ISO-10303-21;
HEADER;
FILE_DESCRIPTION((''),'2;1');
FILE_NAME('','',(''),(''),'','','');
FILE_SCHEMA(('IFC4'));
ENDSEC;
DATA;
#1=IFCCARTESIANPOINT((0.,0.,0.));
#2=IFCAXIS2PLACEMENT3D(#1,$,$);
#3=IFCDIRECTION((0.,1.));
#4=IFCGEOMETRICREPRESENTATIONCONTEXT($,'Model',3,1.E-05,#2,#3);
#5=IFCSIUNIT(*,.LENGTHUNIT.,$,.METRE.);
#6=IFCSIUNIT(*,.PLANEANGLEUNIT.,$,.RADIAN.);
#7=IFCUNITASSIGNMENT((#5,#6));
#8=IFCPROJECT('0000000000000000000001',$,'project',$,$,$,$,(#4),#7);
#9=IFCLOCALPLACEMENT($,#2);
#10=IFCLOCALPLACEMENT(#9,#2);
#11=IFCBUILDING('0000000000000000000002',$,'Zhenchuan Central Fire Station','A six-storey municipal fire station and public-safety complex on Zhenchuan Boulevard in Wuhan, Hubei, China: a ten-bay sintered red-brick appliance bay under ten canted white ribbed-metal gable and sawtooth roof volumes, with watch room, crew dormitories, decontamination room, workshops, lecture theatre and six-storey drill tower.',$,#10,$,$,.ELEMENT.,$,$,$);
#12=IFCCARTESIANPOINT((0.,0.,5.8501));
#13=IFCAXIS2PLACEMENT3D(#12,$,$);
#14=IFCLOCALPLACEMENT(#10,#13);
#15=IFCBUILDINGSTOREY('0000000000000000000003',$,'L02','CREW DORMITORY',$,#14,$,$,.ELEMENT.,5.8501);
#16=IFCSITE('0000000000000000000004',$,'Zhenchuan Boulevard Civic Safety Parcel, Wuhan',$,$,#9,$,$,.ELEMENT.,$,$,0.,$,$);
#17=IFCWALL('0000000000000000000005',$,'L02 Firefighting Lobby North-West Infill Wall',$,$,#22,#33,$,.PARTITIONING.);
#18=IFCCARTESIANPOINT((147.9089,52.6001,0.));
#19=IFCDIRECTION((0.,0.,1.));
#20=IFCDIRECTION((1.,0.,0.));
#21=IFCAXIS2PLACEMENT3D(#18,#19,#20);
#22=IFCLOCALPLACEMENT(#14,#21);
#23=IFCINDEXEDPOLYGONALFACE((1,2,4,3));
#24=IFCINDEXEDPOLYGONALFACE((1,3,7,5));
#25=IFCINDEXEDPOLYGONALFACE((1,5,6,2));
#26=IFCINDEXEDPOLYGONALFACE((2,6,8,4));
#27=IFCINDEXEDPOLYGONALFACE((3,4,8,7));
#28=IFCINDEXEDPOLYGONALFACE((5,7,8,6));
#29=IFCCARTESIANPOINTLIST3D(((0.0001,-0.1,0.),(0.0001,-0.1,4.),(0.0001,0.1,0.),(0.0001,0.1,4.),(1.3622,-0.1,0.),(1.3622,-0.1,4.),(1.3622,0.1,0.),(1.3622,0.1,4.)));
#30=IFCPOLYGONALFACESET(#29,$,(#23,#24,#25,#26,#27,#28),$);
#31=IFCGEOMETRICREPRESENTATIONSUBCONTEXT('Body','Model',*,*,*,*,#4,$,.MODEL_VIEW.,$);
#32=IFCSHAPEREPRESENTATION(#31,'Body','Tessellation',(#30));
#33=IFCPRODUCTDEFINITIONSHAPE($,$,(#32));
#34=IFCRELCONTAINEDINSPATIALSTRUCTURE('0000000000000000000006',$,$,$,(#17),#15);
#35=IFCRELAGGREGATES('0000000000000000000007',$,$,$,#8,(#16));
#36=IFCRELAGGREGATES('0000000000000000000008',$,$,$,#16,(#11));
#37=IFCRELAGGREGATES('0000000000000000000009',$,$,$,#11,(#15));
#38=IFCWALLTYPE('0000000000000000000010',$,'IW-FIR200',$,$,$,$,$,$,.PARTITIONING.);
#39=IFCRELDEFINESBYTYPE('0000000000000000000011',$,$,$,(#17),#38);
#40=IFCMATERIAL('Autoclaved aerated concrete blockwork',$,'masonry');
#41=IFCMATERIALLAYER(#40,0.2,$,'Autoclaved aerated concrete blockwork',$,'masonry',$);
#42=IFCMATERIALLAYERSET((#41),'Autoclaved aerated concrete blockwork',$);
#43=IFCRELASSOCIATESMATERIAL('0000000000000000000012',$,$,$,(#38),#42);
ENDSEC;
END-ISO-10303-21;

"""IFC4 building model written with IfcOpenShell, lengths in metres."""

from ifc_helpers import new_model, si_unit, direction, frame, frame_2d, origin, place, context, subcontext, project, spatial, rectangle, extrude, material, layer, layer_set, type_object, element, save


model = new_model("IFC4")

# Units and contexts
model_context = context("Model", 3, precision=1e-05, world=origin(), true_north=direction((0.0, 1.0)))
body_context = subcontext(model_context, "Body", "Model", "MODEL_VIEW")
ifc_project = project(units=[si_unit("LENGTHUNIT", "METRE"), si_unit("PLANEANGLEUNIT", "RADIAN")], contexts=[model_context])

# Site, building, storey
site_placement = place(None, origin())
site = spatial("IfcSite", under=ifc_project, at=site_placement, Name="Zhenchuan Boulevard Civic Safety Parcel, Wuhan", CompositionType="ELEMENT", RefElevation=0.0)
building_placement = place(site_placement, origin())
building = spatial("IfcBuilding", under=site, at=building_placement, Name="Zhenchuan Central Fire Station", Description="A six-storey municipal fire station and public-safety complex on Zhenchuan Boulevard in Wuhan, Hubei, China: a ten-bay sintered red-brick appliance bay under ten canted white ribbed-metal gable and sawtooth roof volumes, with watch room, crew dormitories, decontamination room, workshops, lecture theatre and six-storey drill tower.", CompositionType="ELEMENT")
storey_placement = place(building_placement, frame((0.0, 0.0, 5.8501)))
storey = spatial("IfcBuildingStorey", under=building, at=storey_placement, Name="L02", Description="CREW DORMITORY", CompositionType="ELEMENT", Elevation=5.8501)

# Wall
ifc_material_1 = material(Name="Autoclaved aerated concrete blockwork", Category="masonry")
ifc_layer_1 = layer(ifc_material_1, 0.2, Name="Autoclaved aerated concrete blockwork", Category="masonry")
ifc_layer_set_1 = layer_set([ifc_layer_1], Name="Autoclaved aerated concrete blockwork")
wall_type_1 = type_object("IfcWallType", Name="IW-FIR200", PredefinedType="PARTITIONING", material=ifc_layer_set_1)
wall_1_placement = place(storey_placement, frame((147.9089, 52.6001, 0.0), z_axis=(0.0, 0.0, 1.0), x_axis=(1.0, 0.0, 0.0)))
element("IfcWall", 1, at=wall_1_placement, inside=storey, type_object=wall_type_1, Name="L02 Firefighting Lobby North-West Infill Wall", PredefinedType="PARTITIONING", context=body_context, shape_type="SweptSolid", body=[
    extrude(rectangle(XDim=1.3621, YDim=0.2, at=frame_2d((0.6812, 0.0))), origin(), (0.0, 0.0, 1.0), 4.0),
])

save(model, "model.ifc")
